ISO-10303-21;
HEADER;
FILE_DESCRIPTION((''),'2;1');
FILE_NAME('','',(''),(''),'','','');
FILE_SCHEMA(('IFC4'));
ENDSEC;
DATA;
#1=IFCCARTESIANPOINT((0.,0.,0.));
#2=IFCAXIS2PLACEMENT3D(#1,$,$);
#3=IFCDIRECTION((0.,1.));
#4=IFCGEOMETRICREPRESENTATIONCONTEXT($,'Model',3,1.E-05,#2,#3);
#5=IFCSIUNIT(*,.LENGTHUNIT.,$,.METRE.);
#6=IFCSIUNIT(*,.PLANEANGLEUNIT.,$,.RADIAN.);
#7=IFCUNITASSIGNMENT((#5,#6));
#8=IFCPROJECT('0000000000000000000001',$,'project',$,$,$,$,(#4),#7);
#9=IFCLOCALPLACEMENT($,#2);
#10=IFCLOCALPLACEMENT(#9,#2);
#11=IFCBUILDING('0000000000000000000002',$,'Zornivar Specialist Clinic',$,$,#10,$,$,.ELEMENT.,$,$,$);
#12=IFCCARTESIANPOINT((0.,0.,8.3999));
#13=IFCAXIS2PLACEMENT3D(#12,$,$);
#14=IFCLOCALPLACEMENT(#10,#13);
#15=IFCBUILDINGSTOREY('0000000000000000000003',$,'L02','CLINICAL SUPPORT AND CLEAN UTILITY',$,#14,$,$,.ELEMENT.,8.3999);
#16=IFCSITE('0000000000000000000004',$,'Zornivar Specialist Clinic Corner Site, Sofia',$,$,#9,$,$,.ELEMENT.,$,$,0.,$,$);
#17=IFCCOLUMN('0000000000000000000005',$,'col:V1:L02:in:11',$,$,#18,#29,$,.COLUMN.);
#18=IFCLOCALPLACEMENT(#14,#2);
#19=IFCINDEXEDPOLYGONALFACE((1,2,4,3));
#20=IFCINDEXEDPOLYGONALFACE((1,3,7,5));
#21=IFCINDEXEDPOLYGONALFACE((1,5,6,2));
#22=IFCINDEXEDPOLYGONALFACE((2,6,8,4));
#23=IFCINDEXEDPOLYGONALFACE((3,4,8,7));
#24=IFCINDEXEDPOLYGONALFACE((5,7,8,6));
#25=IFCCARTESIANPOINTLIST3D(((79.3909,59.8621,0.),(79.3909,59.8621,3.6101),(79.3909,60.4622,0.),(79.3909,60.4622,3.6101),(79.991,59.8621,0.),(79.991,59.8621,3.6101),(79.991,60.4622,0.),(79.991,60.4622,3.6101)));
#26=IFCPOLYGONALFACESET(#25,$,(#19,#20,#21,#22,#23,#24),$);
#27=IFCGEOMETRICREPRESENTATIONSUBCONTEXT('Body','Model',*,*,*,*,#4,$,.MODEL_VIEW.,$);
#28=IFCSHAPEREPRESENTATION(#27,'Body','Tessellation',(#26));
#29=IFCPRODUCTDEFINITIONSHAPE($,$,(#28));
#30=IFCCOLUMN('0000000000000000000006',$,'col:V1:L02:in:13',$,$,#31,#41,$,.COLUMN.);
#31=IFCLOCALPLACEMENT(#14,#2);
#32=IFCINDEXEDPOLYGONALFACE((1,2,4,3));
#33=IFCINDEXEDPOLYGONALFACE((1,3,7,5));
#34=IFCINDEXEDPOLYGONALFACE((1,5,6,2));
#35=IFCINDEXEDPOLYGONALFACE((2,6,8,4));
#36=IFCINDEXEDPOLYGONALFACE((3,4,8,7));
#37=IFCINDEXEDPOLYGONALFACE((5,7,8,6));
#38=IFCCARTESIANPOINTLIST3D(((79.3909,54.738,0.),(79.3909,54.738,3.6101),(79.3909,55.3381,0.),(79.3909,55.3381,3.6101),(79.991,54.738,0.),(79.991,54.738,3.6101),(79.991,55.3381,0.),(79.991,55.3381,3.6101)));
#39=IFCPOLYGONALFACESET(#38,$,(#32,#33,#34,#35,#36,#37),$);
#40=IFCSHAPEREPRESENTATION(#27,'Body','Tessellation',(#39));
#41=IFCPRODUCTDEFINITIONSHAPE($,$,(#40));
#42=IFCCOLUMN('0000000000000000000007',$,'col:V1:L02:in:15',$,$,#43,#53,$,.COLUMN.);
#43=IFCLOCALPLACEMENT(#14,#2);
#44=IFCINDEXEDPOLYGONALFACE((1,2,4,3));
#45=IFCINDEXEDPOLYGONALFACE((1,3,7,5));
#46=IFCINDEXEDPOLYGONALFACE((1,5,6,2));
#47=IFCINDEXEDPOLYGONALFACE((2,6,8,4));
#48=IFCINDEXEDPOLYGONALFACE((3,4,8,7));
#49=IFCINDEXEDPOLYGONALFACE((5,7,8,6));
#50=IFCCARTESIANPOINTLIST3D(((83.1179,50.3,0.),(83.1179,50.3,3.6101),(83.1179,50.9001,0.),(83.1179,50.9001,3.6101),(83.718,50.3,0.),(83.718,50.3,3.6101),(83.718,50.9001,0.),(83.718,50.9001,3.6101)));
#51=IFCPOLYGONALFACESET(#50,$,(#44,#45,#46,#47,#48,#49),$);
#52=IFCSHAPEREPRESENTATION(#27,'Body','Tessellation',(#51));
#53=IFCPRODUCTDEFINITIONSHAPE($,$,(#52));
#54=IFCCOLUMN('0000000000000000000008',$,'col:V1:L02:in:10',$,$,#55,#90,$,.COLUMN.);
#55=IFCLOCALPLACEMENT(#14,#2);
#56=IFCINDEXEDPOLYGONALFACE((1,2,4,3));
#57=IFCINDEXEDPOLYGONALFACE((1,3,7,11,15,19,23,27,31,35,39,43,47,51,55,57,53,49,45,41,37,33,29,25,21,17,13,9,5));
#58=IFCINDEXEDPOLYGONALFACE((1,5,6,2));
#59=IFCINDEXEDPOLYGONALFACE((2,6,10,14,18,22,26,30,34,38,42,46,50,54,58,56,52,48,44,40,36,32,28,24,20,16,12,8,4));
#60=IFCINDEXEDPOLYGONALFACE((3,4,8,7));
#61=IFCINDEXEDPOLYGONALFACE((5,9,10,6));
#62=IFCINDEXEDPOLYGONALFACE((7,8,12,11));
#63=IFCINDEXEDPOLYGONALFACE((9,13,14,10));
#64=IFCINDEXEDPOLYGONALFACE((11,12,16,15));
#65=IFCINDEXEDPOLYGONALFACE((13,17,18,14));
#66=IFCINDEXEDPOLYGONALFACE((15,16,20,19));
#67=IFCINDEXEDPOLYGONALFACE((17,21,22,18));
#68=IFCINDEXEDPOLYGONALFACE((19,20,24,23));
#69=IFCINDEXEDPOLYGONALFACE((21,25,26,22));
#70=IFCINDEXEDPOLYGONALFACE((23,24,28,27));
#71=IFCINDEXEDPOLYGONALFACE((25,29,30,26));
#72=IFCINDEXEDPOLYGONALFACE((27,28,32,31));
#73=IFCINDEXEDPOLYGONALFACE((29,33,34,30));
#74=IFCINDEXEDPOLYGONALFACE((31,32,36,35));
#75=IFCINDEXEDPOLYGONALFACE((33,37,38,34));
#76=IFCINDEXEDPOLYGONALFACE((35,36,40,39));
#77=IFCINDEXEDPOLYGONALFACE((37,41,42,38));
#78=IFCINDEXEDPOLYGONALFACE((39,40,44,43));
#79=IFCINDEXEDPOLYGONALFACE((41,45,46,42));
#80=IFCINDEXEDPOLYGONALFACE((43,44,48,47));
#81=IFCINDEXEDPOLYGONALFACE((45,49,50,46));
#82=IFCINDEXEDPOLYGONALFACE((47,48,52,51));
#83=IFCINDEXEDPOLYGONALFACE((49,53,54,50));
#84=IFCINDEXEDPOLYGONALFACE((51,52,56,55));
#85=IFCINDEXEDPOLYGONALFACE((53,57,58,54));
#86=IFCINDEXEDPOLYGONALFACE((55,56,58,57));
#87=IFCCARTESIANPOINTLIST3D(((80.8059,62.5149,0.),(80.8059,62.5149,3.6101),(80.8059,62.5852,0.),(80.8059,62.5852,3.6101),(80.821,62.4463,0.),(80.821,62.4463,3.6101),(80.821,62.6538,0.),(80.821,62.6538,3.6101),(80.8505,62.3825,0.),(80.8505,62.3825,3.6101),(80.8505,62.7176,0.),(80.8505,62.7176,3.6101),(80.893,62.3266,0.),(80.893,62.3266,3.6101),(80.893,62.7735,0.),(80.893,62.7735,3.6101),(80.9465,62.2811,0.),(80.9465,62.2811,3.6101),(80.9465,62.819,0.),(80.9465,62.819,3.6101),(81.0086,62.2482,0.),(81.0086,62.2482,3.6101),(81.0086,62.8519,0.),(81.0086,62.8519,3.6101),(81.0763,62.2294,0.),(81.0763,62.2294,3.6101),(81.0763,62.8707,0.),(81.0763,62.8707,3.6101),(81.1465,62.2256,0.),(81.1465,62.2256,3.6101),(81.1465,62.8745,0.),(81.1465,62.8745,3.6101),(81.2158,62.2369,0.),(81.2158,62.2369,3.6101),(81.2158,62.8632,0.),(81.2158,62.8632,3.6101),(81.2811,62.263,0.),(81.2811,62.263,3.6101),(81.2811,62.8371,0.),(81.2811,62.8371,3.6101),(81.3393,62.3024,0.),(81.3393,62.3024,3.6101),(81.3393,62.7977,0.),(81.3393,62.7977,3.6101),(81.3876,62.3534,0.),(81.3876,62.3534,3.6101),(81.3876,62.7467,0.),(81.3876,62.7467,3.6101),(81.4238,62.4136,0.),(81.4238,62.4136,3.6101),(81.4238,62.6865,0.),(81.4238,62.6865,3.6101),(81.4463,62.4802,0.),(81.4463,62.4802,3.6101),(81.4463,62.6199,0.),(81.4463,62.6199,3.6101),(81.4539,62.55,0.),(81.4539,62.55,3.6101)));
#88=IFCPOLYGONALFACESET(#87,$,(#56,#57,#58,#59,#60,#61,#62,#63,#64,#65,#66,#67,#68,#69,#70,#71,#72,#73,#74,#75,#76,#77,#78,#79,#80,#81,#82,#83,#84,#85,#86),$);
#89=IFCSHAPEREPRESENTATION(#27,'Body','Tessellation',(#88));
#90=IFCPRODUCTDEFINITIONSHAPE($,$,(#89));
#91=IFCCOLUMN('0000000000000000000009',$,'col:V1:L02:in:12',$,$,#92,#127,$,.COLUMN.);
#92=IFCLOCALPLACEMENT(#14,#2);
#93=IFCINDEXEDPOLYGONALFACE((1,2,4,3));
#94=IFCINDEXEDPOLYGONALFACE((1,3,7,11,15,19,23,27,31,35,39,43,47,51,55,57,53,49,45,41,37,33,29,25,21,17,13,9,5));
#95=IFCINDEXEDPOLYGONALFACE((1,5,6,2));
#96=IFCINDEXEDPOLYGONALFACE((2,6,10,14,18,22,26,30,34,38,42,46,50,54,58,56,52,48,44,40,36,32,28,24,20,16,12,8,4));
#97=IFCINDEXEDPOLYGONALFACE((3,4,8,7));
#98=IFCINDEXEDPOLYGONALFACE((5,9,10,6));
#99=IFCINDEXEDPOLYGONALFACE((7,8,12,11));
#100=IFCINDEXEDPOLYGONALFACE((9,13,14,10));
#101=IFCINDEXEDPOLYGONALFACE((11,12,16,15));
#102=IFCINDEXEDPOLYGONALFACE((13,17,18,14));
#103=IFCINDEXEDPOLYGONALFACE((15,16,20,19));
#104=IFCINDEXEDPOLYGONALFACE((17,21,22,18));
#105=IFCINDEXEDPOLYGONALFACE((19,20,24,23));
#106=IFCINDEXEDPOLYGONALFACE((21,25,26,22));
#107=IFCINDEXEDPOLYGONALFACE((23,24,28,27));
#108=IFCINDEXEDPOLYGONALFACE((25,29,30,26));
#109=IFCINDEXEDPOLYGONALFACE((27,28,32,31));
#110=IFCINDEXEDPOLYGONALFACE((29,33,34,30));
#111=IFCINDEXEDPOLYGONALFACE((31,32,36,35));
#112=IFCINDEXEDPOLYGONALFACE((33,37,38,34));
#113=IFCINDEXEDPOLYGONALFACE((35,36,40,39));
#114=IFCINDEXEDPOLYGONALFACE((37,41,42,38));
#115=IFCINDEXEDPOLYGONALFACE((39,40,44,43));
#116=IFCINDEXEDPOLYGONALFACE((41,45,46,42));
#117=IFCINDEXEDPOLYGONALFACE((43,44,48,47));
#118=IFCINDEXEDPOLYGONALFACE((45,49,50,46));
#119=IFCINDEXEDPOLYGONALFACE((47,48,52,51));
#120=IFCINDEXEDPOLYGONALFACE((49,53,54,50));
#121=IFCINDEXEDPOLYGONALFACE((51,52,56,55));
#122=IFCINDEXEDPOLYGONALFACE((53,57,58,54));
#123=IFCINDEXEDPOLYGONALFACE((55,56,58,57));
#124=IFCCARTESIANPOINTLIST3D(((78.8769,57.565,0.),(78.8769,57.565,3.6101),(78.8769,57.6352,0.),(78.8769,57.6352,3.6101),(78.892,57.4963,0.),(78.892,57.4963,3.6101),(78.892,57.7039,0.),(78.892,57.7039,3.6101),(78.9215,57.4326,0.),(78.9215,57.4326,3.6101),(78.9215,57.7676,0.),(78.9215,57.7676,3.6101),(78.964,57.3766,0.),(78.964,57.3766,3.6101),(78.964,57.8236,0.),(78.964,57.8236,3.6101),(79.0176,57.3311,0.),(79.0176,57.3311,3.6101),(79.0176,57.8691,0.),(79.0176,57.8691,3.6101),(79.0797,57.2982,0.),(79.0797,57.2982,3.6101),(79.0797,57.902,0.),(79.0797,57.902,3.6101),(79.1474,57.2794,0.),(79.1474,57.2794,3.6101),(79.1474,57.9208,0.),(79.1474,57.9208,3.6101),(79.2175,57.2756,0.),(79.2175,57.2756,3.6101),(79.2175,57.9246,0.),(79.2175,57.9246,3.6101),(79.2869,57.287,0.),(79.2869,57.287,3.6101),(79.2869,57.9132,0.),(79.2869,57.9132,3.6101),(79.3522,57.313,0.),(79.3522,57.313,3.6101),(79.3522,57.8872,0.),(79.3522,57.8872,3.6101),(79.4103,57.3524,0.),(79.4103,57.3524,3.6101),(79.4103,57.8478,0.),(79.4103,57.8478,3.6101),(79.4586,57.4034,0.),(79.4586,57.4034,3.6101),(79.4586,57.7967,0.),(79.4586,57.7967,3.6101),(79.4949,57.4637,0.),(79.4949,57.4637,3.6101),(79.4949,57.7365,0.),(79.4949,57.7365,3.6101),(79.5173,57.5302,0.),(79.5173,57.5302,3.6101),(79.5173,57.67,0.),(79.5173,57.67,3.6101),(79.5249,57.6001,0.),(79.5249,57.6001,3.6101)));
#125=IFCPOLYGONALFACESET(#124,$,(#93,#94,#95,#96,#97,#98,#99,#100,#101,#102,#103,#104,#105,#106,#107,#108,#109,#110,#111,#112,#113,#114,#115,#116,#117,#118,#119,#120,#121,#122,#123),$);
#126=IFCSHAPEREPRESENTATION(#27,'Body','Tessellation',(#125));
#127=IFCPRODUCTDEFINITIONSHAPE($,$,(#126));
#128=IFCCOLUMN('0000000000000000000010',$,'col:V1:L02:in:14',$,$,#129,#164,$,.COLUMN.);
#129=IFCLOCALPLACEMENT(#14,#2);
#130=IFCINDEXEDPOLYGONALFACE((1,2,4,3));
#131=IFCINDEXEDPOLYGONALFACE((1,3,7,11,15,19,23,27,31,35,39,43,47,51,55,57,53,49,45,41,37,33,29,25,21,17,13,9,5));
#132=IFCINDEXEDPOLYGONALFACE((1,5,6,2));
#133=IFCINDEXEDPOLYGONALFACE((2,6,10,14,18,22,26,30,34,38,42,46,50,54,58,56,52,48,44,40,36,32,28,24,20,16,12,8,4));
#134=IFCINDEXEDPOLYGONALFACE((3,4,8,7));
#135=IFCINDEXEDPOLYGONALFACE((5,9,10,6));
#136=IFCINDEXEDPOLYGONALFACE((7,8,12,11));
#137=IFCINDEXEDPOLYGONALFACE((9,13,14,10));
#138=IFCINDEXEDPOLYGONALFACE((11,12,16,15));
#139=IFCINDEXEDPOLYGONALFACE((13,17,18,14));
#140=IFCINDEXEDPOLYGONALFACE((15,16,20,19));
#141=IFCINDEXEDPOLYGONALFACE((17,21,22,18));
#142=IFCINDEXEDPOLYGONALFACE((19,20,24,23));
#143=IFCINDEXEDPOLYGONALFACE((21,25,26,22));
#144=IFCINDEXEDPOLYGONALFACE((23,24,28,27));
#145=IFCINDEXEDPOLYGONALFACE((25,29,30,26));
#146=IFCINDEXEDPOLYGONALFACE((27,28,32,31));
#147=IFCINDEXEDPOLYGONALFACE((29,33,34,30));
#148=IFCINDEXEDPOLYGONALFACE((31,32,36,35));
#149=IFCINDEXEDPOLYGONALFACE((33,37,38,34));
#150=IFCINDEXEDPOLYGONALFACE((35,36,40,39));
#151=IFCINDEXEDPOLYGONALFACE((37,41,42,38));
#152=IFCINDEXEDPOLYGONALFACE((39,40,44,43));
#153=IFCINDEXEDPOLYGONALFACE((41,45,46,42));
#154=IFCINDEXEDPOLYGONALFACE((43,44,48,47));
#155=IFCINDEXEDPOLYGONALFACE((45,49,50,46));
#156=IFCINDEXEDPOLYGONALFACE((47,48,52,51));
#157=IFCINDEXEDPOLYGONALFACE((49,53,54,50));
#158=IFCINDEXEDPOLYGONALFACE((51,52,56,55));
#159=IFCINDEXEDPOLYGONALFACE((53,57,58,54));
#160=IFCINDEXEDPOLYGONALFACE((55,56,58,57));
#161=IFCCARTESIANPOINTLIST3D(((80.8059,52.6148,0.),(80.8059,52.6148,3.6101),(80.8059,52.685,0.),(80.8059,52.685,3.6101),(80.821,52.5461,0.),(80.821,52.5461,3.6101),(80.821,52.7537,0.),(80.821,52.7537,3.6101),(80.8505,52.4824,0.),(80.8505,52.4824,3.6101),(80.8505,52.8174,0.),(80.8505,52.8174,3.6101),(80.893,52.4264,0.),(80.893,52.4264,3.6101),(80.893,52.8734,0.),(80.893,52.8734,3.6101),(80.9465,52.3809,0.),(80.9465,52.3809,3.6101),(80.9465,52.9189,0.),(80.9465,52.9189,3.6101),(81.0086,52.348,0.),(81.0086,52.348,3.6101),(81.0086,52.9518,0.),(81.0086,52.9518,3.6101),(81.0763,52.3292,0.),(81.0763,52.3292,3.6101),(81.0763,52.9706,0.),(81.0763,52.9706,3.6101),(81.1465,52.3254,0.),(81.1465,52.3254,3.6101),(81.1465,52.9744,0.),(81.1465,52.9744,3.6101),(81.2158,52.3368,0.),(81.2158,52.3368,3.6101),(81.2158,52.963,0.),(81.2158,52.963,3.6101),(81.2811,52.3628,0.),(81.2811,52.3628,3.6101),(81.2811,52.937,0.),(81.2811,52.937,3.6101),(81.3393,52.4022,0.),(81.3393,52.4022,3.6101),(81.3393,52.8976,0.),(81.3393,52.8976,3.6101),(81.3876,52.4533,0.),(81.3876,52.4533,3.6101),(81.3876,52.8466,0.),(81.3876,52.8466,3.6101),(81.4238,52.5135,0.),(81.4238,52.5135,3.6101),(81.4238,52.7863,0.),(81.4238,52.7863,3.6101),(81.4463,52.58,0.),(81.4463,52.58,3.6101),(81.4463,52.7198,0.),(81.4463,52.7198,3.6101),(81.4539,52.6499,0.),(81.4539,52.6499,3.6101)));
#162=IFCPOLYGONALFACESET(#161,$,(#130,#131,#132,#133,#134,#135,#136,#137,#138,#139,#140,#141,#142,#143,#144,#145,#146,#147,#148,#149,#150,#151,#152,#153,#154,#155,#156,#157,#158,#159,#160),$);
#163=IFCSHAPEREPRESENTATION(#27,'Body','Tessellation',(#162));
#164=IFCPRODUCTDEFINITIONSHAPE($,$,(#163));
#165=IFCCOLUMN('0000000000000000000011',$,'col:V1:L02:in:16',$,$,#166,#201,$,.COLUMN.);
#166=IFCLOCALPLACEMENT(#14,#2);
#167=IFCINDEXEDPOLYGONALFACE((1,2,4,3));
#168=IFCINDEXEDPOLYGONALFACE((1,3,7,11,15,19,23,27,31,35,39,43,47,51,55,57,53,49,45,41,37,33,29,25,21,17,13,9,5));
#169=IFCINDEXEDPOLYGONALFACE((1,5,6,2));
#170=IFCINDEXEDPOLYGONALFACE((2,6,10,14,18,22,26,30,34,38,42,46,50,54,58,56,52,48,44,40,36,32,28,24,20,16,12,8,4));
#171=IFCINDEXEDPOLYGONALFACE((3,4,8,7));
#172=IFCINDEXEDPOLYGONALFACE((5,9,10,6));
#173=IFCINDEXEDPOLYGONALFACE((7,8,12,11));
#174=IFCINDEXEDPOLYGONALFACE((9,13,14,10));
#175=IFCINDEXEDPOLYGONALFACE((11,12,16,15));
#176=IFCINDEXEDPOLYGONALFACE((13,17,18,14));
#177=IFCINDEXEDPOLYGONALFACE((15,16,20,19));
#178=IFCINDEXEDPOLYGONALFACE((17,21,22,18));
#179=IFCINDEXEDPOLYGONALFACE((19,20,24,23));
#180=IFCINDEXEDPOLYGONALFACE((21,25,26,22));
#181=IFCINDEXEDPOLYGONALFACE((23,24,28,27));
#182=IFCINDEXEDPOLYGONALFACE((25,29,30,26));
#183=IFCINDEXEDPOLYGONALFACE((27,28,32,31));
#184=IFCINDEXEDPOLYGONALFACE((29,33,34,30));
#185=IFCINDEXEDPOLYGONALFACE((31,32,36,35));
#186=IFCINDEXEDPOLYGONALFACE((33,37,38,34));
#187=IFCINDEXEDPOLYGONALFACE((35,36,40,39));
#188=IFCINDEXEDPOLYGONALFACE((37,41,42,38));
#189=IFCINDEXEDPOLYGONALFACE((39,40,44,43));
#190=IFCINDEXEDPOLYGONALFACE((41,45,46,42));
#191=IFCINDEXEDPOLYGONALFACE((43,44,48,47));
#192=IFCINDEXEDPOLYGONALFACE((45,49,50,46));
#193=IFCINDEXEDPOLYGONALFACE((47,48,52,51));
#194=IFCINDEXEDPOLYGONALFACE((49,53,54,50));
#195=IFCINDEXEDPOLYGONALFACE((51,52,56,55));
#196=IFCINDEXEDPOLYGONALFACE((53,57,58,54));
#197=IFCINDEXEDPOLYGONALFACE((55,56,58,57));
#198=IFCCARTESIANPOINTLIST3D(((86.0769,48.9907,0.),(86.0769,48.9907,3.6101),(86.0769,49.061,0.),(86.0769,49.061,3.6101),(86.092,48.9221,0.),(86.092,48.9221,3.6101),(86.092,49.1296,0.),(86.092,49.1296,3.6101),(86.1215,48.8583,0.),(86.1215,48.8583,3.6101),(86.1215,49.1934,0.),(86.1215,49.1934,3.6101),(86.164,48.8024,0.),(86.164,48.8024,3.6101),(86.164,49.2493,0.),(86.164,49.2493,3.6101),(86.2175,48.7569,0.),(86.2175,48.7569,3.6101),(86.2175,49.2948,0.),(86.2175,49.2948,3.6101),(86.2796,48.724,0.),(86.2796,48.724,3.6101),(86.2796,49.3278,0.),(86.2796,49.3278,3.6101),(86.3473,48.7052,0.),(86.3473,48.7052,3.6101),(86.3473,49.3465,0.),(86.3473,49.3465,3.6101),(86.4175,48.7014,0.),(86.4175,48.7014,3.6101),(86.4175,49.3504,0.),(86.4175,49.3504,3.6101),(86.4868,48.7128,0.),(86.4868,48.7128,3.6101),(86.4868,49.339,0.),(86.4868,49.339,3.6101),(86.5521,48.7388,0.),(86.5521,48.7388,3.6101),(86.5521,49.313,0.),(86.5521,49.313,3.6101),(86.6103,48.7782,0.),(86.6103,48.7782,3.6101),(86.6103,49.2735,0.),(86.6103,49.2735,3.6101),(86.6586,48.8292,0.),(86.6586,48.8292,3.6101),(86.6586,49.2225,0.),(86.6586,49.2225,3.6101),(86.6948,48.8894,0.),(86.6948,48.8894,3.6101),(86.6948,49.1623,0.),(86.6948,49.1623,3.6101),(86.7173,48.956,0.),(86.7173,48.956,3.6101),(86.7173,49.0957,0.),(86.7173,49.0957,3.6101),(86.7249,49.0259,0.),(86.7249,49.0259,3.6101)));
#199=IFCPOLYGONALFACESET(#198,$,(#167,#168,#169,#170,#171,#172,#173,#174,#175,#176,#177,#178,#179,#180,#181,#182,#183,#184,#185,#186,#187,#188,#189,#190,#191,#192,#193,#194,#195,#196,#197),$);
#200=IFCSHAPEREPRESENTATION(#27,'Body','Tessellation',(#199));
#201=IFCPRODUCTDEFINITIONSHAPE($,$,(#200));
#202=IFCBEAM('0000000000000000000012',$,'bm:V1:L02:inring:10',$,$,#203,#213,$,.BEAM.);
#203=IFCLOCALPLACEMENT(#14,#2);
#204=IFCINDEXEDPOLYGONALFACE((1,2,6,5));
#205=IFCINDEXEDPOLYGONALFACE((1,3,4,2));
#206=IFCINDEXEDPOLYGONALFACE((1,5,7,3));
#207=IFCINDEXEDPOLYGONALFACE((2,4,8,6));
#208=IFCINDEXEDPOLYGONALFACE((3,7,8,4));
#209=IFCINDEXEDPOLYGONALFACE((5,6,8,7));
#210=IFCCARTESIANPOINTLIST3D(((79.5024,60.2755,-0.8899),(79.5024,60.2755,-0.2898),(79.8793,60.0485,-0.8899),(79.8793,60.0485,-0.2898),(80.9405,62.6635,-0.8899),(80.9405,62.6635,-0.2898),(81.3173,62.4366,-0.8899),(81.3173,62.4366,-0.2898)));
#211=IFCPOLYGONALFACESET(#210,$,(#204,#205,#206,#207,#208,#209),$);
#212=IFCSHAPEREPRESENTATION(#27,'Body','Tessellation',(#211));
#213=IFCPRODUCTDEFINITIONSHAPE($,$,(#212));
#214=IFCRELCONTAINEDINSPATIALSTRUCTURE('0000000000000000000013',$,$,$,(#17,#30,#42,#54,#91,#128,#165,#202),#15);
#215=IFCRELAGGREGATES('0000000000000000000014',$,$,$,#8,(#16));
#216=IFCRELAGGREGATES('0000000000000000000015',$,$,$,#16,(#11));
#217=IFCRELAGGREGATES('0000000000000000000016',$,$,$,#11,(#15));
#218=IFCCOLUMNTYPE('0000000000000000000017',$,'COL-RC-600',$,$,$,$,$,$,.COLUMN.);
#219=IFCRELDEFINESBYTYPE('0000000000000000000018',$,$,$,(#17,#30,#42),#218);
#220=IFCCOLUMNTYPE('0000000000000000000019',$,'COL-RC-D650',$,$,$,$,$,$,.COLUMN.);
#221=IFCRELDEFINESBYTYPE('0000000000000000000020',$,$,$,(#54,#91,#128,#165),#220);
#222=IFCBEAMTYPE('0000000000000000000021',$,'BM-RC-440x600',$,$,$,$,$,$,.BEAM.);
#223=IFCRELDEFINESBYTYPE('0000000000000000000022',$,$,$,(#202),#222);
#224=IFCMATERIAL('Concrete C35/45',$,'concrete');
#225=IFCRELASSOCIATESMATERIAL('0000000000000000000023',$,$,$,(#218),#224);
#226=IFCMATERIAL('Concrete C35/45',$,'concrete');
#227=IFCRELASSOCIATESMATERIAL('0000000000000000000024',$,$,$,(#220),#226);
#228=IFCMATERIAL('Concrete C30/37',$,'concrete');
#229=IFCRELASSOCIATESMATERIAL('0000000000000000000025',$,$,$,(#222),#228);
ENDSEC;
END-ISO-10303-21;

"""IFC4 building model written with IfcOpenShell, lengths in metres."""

from ifc_helpers import new_model, si_unit, direction, frame, origin, origin_2d, place, context, subcontext, project, spatial, rectangle, circle, extrude, material, material_profile, profile_set, type_object, element, save


model = new_model("IFC4")

# Units and contexts
model_context = context("Model", 3, precision=1e-05, world=origin(), true_north=direction((0.0, 1.0)))
body_context = subcontext(model_context, "Body", "Model", "MODEL_VIEW")
ifc_project = project(units=[si_unit("LENGTHUNIT", "METRE"), si_unit("PLANEANGLEUNIT", "RADIAN")], contexts=[model_context])

# Site, building, storey
site_placement = place(None, origin())
site = spatial("IfcSite", under=ifc_project, at=site_placement, Name="Zornivar Specialist Clinic Corner Site, Sofia", CompositionType="ELEMENT", RefElevation=0.0)
building_placement = place(site_placement, origin())
building = spatial("IfcBuilding", under=site, at=building_placement, Name="Zornivar Specialist Clinic", CompositionType="ELEMENT")
storey_placement = place(building_placement, frame((0.0, 0.0, 8.3999)))
storey = spatial("IfcBuildingStorey", under=building, at=storey_placement, Name="L02", Description="CLINICAL SUPPORT AND CLEAN UTILITY", CompositionType="ELEMENT", Elevation=8.3999)

# Columns
ifc_material_1 = material(Name="Concrete C35/45", Category="concrete")
ifc_material_profile_1 = material_profile(ifc_material_1, rectangle(XDim=0.6001, YDim=0.6001, at=origin_2d()), Name="RC 600x600")
ifc_profile_set_1 = profile_set([ifc_material_profile_1], Name="Concrete C35/45")
column_type_1 = type_object("IfcColumnType", Name="COL-RC-600", PredefinedType="COLUMN", material=ifc_profile_set_1)
for number, where, z_axis, x_axis, name in (
    (1, (79.6909, 60.1621, 0.0), (0.0, 0.0, 1.0), (1.0, 0.0, 0.0), "col:V1:L02:in:11"),
    (2, (79.6909, 55.0381, 0.0), (0.0, 0.0, 1.0), (1.0, 0.0, 0.0), "col:V1:L02:in:13"),
    (3, (83.418, 50.6001, 0.0), (0.0, 0.0, 1.0), (1.0, 0.0, 0.0), "col:V1:L02:in:15"),
):
    element("IfcColumn", number, at=place(storey_placement, frame(where, z_axis=z_axis, x_axis=x_axis)), inside=storey, type_object=column_type_1, Name=name, PredefinedType="COLUMN", context=body_context, shape_type="SweptSolid", body=[
        extrude(rectangle(XDim=0.6001, YDim=0.6001, at=origin_2d()), origin(), (0.0, 0.0, 1.0), 3.6101),
    ])
ifc_material_2 = material(Name="Concrete C35/45", Category="concrete")
ifc_material_profile_2 = material_profile(ifc_material_2, circle(Radius=0.325, at=origin_2d()), Name="RC D650")
ifc_profile_set_2 = profile_set([ifc_material_profile_2], Name="Concrete C35/45")
column_type_2 = type_object("IfcColumnType", Name="COL-RC-D650", PredefinedType="COLUMN", material=ifc_profile_set_2)
for number, where, z_axis, x_axis, name in (
    (4, (81.1289, 62.55, 0.0), (0.0, 0.0, 1.0), (1.0, 0.0, 0.0), "col:V1:L02:in:10"),
    (5, (79.2, 57.6001, 0.0), (0.0, 0.0, 1.0), (1.0, 0.0, 0.0), "col:V1:L02:in:12"),
    (6, (81.1289, 52.6499, 0.0), (0.0, 0.0, 1.0), (1.0, 0.0, 0.0), "col:V1:L02:in:14"),
    (7, (86.3999, 49.0259, 0.0), (0.0, 0.0, 1.0), (1.0, 0.0, 0.0), "col:V1:L02:in:16"),
):
    element("IfcColumn", number, at=place(storey_placement, frame(where, z_axis=z_axis, x_axis=x_axis)), inside=storey, type_object=column_type_2, Name=name, PredefinedType="COLUMN", context=body_context, shape_type="SweptSolid", body=[
        extrude(circle(Radius=0.325, at=origin_2d()), origin(), (0.0, 0.0, 1.0), 3.6101),
    ])

# Beam
ifc_material_3 = material(Name="Concrete C30/37", Category="concrete")
ifc_material_profile_3 = material_profile(ifc_material_3, rectangle(XDim=0.4399, YDim=0.6001, at=origin_2d()), Name="RC 440x600")
ifc_profile_set_3 = profile_set([ifc_material_profile_3], Name="Concrete C30/37")
beam_type_1 = type_object("IfcBeamType", Name="BM-RC-440x600", PredefinedType="BEAM", material=ifc_profile_set_3)
beam_1_placement = place(storey_placement, frame((81.1289, 62.55, -0.5898), z_axis=(-0.515873, -0.856665, 0.0), x_axis=(0.856665, -0.515873, 0.0)))
element("IfcBeam", 8, at=beam_1_placement, inside=storey, type_object=beam_type_1, Name="bm:V1:L02:inring:10", PredefinedType="BEAM", context=body_context, shape_type="SweptSolid", body=[
    extrude(rectangle(XDim=0.4399, YDim=0.6001, at=origin_2d()), origin(), (0.0, 0.0, 1.0), 2.7876),
])

save(model, "model.ifc")
